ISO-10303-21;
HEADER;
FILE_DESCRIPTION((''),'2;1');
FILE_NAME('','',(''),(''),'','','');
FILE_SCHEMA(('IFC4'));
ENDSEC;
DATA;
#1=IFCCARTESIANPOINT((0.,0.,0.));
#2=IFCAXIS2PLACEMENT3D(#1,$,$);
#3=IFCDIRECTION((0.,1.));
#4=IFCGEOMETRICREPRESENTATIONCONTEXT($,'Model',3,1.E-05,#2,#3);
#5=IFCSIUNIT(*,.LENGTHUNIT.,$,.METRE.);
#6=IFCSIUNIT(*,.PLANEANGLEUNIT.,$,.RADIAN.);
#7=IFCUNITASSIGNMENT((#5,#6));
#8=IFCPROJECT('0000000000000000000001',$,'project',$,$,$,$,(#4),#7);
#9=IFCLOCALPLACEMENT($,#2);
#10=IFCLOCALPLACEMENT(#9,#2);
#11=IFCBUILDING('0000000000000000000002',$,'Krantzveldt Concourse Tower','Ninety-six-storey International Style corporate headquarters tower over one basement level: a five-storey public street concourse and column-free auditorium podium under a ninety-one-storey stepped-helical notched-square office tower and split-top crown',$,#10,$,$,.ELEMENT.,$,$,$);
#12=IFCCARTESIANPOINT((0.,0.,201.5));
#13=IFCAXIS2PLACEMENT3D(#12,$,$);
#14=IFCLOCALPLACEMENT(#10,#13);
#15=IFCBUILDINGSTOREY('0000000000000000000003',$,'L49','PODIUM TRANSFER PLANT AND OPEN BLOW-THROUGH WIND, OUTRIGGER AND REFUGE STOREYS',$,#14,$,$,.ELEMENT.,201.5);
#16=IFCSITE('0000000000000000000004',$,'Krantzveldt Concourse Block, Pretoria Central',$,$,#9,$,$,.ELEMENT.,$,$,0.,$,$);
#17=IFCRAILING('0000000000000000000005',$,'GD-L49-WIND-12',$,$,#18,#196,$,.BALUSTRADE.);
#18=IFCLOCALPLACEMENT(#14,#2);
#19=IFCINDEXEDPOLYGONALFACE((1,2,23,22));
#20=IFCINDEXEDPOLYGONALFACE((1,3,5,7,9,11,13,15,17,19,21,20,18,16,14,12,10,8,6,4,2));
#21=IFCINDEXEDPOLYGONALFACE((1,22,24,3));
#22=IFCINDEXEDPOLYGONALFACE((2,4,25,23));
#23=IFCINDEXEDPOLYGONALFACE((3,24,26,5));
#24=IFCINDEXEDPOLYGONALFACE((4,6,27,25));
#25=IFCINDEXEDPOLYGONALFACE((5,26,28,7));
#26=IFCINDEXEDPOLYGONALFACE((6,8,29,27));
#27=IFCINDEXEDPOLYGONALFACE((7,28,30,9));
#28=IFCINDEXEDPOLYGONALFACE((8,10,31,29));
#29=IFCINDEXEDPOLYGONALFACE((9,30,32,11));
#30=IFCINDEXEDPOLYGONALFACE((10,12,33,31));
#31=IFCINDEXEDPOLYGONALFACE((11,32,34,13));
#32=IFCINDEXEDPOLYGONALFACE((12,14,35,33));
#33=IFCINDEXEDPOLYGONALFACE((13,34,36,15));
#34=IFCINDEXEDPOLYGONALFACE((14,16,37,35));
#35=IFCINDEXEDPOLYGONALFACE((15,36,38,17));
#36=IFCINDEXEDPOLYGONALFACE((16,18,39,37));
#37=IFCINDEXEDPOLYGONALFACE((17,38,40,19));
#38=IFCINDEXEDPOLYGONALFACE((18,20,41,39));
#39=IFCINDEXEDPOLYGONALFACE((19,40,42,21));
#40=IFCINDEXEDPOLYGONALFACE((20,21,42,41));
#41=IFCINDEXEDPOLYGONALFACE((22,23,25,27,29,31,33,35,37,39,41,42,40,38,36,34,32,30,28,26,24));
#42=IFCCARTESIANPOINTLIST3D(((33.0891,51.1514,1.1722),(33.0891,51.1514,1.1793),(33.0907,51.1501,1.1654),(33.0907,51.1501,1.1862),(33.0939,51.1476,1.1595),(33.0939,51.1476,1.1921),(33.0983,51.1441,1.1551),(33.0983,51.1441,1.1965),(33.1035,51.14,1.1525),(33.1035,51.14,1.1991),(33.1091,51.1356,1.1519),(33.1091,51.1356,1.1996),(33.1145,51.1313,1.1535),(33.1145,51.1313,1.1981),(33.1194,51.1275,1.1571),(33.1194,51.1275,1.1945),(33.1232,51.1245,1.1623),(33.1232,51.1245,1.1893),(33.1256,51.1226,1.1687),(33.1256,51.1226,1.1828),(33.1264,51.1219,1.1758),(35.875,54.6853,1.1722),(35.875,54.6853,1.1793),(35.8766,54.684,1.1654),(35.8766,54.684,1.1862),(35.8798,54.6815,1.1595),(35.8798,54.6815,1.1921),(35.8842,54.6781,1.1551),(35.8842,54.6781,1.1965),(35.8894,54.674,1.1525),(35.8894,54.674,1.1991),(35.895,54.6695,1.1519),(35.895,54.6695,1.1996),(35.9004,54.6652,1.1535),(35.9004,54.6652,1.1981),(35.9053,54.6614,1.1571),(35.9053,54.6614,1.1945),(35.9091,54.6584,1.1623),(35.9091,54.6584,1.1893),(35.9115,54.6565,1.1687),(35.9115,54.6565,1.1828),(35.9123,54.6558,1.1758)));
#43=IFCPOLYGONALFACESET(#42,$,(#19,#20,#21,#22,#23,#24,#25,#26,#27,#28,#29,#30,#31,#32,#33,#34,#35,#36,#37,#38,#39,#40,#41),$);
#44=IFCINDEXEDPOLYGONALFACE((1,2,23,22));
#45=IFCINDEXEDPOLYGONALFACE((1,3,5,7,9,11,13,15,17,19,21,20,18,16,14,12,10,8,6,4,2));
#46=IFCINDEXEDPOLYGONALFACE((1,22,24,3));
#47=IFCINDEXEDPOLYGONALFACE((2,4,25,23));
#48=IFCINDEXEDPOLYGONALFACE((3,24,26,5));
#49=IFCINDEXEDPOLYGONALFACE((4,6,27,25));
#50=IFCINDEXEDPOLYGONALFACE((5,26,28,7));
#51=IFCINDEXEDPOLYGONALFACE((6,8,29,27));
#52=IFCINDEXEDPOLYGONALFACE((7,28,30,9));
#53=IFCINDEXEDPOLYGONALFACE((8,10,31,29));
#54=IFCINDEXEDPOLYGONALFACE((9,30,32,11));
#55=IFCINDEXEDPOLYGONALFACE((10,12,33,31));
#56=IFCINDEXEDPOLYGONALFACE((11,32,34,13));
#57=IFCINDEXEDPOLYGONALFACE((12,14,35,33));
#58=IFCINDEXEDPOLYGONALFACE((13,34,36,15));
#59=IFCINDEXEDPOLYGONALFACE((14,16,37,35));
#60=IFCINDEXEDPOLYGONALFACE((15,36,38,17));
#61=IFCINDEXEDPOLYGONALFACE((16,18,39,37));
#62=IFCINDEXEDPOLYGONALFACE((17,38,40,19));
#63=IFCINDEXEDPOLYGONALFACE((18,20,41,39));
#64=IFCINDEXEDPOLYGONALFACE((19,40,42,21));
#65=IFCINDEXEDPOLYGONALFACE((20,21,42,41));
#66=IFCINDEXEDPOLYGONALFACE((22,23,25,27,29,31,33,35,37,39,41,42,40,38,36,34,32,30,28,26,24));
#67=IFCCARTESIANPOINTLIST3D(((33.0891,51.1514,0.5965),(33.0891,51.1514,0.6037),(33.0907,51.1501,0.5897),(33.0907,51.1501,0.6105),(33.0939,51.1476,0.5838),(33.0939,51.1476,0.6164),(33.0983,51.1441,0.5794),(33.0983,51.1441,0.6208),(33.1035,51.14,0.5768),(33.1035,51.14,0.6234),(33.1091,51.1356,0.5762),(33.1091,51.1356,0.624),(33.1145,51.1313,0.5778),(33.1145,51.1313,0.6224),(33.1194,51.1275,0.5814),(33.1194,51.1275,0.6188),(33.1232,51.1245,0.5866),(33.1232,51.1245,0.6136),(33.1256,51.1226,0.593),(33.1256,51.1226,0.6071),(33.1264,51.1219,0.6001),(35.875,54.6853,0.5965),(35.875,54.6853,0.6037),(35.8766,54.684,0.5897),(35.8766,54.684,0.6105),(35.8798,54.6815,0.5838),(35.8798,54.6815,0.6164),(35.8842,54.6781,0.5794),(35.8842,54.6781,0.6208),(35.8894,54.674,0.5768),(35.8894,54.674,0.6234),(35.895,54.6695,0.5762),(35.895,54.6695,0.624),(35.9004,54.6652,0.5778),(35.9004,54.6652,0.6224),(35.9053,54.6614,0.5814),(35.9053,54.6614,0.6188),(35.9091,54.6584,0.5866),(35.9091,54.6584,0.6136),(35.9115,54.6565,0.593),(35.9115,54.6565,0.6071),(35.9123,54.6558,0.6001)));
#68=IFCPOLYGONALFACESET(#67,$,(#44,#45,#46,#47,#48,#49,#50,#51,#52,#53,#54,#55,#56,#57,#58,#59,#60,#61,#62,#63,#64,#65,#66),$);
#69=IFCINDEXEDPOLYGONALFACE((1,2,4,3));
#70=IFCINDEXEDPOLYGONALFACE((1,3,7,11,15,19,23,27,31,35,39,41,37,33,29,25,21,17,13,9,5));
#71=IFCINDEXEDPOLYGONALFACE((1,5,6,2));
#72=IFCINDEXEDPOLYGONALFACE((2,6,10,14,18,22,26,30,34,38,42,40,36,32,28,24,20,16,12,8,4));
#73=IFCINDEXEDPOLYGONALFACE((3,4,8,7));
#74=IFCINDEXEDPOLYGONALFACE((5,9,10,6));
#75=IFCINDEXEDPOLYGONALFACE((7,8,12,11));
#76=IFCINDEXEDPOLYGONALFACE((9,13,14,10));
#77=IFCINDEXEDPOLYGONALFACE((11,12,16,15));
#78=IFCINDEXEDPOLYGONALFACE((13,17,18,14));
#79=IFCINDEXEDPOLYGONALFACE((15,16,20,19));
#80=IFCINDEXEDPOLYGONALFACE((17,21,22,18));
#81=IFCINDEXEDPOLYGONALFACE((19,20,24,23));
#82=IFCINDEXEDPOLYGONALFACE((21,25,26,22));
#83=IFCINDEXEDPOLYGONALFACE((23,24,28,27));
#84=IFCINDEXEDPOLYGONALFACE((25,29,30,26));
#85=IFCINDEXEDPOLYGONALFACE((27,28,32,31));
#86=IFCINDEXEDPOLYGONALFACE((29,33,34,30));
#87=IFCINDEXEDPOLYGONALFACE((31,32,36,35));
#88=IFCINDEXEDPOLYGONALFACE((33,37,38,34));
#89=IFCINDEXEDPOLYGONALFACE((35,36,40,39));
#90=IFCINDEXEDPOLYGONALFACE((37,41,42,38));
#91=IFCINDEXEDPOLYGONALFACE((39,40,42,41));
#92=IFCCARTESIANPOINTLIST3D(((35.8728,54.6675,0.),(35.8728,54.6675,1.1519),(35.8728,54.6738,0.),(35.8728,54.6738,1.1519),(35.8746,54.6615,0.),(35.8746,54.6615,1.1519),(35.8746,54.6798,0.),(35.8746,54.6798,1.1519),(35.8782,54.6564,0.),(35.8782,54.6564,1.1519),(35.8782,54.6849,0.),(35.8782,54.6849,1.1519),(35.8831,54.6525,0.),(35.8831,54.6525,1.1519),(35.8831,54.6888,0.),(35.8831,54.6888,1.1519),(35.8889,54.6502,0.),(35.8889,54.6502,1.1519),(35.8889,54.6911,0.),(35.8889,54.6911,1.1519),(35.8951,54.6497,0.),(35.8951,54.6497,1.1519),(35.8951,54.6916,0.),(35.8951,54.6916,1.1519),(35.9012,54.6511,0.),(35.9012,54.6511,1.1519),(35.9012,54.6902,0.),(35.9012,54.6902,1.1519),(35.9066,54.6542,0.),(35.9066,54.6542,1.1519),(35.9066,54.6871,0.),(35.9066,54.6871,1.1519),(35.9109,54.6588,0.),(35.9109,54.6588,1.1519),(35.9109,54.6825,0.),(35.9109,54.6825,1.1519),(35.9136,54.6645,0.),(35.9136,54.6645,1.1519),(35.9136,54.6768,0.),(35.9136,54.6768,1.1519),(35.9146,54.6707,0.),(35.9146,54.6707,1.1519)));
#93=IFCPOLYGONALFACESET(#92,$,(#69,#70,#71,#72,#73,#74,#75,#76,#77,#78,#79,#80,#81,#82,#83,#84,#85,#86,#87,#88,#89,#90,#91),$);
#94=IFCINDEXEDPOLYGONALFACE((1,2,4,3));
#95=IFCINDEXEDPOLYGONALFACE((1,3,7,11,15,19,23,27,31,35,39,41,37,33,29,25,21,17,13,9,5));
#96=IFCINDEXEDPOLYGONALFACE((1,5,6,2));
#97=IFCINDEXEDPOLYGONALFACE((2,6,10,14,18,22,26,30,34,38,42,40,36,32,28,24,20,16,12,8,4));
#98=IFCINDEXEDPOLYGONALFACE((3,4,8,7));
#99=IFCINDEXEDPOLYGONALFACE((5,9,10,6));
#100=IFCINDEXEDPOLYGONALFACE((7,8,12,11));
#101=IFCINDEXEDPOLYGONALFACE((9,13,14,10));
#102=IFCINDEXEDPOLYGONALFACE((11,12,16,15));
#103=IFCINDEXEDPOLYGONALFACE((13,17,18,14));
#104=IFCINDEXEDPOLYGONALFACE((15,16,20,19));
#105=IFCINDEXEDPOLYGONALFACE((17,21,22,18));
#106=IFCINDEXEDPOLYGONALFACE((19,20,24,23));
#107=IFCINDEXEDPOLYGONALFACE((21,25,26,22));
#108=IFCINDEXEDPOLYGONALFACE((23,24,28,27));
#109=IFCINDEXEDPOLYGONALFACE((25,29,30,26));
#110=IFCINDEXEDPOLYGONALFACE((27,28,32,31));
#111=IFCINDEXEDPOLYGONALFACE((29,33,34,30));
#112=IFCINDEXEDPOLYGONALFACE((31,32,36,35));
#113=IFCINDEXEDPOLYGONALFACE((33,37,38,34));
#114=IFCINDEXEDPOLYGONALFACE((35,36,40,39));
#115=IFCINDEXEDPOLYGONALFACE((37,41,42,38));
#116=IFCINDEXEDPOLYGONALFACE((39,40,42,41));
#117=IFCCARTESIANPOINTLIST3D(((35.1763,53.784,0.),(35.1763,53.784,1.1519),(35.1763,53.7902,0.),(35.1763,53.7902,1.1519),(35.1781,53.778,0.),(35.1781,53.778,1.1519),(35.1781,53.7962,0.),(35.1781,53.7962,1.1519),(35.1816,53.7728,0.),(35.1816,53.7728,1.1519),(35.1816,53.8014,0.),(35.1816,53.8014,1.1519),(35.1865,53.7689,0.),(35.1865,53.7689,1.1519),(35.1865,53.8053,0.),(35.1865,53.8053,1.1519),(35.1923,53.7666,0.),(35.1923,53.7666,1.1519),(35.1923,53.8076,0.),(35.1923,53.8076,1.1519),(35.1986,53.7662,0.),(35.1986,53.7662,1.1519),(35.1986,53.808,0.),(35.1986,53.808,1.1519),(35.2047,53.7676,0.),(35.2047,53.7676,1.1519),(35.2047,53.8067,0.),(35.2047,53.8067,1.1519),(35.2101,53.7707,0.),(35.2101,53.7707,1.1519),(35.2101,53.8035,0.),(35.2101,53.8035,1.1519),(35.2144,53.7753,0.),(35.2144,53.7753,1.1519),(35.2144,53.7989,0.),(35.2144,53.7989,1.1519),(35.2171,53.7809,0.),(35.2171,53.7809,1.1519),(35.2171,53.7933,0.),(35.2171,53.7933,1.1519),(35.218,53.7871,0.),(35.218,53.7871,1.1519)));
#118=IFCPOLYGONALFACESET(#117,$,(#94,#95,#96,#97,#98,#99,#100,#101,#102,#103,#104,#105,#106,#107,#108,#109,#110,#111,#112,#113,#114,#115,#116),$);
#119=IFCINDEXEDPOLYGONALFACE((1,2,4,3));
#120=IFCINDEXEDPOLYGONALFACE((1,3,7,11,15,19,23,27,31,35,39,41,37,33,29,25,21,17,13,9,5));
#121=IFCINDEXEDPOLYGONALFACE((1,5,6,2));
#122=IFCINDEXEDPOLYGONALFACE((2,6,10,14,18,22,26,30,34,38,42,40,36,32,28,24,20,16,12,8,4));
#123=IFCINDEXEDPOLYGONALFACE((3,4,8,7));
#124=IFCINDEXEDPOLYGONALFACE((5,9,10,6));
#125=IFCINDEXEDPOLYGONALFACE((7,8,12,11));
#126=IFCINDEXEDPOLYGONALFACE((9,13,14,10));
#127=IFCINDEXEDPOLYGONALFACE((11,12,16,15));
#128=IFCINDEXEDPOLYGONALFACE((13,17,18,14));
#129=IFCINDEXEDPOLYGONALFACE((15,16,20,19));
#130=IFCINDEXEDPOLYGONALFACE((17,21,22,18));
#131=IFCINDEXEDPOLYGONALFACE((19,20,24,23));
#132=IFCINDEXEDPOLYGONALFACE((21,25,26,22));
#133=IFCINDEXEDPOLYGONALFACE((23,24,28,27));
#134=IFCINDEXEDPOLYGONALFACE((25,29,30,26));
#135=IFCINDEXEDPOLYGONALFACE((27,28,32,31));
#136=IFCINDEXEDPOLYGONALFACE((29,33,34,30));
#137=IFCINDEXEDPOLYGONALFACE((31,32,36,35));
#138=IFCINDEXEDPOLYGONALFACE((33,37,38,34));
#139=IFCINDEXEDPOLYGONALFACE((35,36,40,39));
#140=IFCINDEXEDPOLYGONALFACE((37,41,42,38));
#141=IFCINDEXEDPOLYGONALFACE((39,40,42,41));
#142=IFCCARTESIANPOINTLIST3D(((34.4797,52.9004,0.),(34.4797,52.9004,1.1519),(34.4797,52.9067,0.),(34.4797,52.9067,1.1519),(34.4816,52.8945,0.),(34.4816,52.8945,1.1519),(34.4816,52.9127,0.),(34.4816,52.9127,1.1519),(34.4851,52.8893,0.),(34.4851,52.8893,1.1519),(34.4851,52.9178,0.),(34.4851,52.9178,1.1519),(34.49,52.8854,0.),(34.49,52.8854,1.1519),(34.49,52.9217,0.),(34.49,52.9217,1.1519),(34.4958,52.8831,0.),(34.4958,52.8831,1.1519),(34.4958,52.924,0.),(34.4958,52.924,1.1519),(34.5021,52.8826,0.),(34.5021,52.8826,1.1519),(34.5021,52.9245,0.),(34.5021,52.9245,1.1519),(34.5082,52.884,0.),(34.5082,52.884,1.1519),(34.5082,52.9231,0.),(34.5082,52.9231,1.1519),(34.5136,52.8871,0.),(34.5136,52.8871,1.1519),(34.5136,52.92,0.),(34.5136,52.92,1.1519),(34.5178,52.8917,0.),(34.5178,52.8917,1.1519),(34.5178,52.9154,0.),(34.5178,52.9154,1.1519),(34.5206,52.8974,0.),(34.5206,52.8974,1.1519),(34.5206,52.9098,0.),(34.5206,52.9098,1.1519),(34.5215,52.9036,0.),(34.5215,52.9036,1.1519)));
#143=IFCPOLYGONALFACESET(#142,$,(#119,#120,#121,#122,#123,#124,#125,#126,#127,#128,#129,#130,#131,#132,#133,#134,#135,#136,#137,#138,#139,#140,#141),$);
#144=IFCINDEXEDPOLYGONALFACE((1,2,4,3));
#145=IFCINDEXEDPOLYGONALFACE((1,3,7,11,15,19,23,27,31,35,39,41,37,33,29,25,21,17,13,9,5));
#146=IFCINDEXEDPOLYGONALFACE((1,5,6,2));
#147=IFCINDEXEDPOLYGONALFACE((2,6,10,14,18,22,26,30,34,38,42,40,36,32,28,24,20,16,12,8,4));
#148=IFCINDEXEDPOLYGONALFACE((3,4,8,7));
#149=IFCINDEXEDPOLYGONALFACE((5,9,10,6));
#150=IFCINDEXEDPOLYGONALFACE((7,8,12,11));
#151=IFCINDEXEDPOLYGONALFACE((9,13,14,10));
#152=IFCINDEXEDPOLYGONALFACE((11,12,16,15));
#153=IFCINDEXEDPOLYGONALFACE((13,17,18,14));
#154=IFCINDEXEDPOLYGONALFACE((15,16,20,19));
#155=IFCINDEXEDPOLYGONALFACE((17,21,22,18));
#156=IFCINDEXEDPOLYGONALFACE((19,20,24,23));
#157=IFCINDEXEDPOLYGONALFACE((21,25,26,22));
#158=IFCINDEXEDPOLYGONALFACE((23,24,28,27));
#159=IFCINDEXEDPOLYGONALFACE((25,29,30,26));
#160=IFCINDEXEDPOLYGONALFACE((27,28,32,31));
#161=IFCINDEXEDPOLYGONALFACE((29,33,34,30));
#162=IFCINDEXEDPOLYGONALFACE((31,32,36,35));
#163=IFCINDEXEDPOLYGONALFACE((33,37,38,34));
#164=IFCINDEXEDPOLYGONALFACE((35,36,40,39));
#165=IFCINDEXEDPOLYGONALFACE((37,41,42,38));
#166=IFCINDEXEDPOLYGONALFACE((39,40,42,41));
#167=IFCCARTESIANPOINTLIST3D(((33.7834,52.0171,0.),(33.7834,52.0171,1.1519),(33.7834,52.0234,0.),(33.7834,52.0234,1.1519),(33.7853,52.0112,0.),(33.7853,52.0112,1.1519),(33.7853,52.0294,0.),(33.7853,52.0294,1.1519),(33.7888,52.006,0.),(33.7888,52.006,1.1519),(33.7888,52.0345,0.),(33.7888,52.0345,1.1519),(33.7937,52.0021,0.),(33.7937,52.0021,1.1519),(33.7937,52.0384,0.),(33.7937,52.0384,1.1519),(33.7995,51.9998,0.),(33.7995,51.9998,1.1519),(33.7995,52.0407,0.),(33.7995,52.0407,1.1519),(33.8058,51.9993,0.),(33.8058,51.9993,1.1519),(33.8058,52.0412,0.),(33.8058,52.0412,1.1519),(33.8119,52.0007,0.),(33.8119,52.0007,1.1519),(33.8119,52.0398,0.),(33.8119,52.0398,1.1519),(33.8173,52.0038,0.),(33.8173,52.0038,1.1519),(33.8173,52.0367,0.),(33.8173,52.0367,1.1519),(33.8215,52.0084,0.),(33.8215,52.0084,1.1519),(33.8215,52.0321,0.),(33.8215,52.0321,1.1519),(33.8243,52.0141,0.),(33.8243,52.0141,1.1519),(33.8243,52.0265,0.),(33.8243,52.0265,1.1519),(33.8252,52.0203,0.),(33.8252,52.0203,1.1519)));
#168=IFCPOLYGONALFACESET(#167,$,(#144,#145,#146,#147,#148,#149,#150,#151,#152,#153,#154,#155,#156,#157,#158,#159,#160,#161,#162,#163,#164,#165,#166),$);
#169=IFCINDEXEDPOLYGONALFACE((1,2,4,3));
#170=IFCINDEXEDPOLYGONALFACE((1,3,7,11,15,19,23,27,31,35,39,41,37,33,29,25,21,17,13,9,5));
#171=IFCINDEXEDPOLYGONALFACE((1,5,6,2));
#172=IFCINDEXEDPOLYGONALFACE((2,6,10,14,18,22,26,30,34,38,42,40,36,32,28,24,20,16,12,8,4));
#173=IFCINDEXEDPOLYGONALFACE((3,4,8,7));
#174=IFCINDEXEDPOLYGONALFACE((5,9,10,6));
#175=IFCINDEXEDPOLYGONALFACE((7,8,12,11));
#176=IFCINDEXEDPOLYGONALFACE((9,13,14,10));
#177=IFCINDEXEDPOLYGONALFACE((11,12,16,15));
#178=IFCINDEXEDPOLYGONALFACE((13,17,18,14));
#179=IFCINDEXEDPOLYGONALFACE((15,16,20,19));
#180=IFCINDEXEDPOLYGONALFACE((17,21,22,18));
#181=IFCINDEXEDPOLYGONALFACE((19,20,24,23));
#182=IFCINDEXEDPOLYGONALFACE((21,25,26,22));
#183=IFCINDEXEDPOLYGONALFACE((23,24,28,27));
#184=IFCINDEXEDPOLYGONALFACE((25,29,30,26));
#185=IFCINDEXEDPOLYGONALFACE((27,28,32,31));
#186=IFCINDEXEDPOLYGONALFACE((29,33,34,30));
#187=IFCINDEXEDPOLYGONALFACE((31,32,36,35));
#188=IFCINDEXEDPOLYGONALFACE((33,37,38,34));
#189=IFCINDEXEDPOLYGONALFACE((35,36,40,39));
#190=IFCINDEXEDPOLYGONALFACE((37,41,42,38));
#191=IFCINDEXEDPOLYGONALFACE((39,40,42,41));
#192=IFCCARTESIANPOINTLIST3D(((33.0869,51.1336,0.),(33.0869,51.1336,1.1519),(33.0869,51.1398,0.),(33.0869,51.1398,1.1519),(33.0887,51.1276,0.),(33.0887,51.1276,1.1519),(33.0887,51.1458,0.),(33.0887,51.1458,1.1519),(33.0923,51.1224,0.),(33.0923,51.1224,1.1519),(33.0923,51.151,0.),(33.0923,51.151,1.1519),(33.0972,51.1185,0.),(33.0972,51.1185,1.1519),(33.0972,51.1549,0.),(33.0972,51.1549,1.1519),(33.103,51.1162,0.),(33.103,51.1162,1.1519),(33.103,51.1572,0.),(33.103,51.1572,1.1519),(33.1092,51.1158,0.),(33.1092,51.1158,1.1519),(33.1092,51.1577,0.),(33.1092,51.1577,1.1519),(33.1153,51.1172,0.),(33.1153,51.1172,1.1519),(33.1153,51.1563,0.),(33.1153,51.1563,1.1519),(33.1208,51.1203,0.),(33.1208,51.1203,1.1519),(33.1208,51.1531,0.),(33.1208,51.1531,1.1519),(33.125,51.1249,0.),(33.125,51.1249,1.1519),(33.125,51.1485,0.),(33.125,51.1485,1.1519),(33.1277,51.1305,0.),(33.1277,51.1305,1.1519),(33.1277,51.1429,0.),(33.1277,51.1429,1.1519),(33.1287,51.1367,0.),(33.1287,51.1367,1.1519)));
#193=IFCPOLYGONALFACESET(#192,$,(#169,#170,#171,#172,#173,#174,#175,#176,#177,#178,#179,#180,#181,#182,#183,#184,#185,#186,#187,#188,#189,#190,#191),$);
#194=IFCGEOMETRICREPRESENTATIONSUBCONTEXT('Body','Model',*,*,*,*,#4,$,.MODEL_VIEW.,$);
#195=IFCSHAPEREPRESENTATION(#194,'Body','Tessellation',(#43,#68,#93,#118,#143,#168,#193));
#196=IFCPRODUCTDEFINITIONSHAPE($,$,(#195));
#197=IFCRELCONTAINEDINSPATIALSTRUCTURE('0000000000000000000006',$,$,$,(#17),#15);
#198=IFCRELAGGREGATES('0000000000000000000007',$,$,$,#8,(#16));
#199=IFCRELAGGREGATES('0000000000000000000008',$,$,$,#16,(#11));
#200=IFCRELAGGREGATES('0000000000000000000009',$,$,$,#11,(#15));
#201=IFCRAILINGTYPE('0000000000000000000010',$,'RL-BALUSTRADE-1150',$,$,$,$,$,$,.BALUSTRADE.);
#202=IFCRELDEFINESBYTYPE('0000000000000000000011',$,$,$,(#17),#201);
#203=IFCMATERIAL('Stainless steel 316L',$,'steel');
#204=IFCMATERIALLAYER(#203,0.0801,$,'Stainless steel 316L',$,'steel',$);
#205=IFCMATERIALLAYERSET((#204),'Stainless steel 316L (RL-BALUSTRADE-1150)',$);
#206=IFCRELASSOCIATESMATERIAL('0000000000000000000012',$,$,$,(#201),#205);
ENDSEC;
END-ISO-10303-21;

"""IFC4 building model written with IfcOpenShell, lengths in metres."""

from ifc_helpers import new_model, si_unit, direction, frame, origin, origin_2d, place, context, subcontext, project, spatial, circle, extrude, material, layer, layer_set, type_object, element, save


model = new_model("IFC4")

# Units and contexts
model_context = context("Model", 3, precision=1e-05, world=origin(), true_north=direction((0.0, 1.0)))
body_context = subcontext(model_context, "Body", "Model", "MODEL_VIEW")
ifc_project = project(units=[si_unit("LENGTHUNIT", "METRE"), si_unit("PLANEANGLEUNIT", "RADIAN")], contexts=[model_context])

# Site, building, storey
site_placement = place(None, origin())
site = spatial("IfcSite", under=ifc_project, at=site_placement, Name="Krantzveldt Concourse Block, Pretoria Central", CompositionType="ELEMENT", RefElevation=0.0)
building_placement = place(site_placement, origin())
building = spatial("IfcBuilding", under=site, at=building_placement, Name="Krantzveldt Concourse Tower", Description="Ninety-six-storey International Style corporate headquarters tower over one basement level: a five-storey public street concourse and column-free auditorium podium under a ninety-one-storey stepped-helical notched-square office tower and split-top crown", CompositionType="ELEMENT")
storey_placement = place(building_placement, frame((0.0, 0.0, 201.5)))
storey = spatial("IfcBuildingStorey", under=building, at=storey_placement, Name="L49", Description="PODIUM TRANSFER PLANT AND OPEN BLOW-THROUGH WIND, OUTRIGGER AND REFUGE STOREYS", CompositionType="ELEMENT", Elevation=201.5)

# Railing
ifc_material_1 = material(Name="Stainless steel 316L", Category="steel")
ifc_layer_1 = layer(ifc_material_1, 0.0801, Name="Stainless steel 316L", Category="steel")
ifc_layer_set_1 = layer_set([ifc_layer_1], Name="Stainless steel 316L (RL-BALUSTRADE-1150)")
railing_type = type_object("IfcRailingType", Name="RL-BALUSTRADE-1150", PredefinedType="BALUSTRADE", material=ifc_layer_set_1)
railing_placement = place(storey_placement, frame((35.8936, 54.6707, 0.0)))
element("IfcRailing", 1, at=railing_placement, inside=storey, type_object=railing_type, Name="GD-L49-WIND-12", PredefinedType="BALUSTRADE", context=body_context, shape_type="SweptSolid", body=[
    extrude(circle(Radius=0.0239, at=origin_2d()), frame((0.0, 0.0, 1.1758), z_axis=(-0.619088, -0.785321, 0.0), x_axis=(0.785321, -0.619088, 0.0)), (0.0, 0.0, 1.0), 4.5),
    extrude(circle(Radius=0.0239, at=origin_2d()), frame((0.0, 0.0, 0.6001), z_axis=(-0.619088, -0.785321, 0.0), x_axis=(0.785321, -0.619088, 0.0)), (0.0, 0.0, 1.0), 4.5),
    extrude(circle(Radius=0.021, at=origin_2d()), origin(), (0.0, 0.0, 1.0), 1.1519),
    extrude(circle(Radius=0.021, at=origin_2d()), frame((-0.6965, -0.8835, 0.0)), (0.0, 0.0, 1.0), 1.1519),
    extrude(circle(Radius=0.021, at=origin_2d()), frame((-1.3931, -1.7671, 0.0)), (0.0, 0.0, 1.0), 1.1519),
    extrude(circle(Radius=0.021, at=origin_2d()), frame((-2.0894, -2.6504, 0.0)), (0.0, 0.0, 1.0), 1.1519),
    extrude(circle(Radius=0.021, at=origin_2d()), frame((-2.7859, -3.5339, 0.0)), (0.0, 0.0, 1.0), 1.1519),
])

save(model, "model.ifc")
